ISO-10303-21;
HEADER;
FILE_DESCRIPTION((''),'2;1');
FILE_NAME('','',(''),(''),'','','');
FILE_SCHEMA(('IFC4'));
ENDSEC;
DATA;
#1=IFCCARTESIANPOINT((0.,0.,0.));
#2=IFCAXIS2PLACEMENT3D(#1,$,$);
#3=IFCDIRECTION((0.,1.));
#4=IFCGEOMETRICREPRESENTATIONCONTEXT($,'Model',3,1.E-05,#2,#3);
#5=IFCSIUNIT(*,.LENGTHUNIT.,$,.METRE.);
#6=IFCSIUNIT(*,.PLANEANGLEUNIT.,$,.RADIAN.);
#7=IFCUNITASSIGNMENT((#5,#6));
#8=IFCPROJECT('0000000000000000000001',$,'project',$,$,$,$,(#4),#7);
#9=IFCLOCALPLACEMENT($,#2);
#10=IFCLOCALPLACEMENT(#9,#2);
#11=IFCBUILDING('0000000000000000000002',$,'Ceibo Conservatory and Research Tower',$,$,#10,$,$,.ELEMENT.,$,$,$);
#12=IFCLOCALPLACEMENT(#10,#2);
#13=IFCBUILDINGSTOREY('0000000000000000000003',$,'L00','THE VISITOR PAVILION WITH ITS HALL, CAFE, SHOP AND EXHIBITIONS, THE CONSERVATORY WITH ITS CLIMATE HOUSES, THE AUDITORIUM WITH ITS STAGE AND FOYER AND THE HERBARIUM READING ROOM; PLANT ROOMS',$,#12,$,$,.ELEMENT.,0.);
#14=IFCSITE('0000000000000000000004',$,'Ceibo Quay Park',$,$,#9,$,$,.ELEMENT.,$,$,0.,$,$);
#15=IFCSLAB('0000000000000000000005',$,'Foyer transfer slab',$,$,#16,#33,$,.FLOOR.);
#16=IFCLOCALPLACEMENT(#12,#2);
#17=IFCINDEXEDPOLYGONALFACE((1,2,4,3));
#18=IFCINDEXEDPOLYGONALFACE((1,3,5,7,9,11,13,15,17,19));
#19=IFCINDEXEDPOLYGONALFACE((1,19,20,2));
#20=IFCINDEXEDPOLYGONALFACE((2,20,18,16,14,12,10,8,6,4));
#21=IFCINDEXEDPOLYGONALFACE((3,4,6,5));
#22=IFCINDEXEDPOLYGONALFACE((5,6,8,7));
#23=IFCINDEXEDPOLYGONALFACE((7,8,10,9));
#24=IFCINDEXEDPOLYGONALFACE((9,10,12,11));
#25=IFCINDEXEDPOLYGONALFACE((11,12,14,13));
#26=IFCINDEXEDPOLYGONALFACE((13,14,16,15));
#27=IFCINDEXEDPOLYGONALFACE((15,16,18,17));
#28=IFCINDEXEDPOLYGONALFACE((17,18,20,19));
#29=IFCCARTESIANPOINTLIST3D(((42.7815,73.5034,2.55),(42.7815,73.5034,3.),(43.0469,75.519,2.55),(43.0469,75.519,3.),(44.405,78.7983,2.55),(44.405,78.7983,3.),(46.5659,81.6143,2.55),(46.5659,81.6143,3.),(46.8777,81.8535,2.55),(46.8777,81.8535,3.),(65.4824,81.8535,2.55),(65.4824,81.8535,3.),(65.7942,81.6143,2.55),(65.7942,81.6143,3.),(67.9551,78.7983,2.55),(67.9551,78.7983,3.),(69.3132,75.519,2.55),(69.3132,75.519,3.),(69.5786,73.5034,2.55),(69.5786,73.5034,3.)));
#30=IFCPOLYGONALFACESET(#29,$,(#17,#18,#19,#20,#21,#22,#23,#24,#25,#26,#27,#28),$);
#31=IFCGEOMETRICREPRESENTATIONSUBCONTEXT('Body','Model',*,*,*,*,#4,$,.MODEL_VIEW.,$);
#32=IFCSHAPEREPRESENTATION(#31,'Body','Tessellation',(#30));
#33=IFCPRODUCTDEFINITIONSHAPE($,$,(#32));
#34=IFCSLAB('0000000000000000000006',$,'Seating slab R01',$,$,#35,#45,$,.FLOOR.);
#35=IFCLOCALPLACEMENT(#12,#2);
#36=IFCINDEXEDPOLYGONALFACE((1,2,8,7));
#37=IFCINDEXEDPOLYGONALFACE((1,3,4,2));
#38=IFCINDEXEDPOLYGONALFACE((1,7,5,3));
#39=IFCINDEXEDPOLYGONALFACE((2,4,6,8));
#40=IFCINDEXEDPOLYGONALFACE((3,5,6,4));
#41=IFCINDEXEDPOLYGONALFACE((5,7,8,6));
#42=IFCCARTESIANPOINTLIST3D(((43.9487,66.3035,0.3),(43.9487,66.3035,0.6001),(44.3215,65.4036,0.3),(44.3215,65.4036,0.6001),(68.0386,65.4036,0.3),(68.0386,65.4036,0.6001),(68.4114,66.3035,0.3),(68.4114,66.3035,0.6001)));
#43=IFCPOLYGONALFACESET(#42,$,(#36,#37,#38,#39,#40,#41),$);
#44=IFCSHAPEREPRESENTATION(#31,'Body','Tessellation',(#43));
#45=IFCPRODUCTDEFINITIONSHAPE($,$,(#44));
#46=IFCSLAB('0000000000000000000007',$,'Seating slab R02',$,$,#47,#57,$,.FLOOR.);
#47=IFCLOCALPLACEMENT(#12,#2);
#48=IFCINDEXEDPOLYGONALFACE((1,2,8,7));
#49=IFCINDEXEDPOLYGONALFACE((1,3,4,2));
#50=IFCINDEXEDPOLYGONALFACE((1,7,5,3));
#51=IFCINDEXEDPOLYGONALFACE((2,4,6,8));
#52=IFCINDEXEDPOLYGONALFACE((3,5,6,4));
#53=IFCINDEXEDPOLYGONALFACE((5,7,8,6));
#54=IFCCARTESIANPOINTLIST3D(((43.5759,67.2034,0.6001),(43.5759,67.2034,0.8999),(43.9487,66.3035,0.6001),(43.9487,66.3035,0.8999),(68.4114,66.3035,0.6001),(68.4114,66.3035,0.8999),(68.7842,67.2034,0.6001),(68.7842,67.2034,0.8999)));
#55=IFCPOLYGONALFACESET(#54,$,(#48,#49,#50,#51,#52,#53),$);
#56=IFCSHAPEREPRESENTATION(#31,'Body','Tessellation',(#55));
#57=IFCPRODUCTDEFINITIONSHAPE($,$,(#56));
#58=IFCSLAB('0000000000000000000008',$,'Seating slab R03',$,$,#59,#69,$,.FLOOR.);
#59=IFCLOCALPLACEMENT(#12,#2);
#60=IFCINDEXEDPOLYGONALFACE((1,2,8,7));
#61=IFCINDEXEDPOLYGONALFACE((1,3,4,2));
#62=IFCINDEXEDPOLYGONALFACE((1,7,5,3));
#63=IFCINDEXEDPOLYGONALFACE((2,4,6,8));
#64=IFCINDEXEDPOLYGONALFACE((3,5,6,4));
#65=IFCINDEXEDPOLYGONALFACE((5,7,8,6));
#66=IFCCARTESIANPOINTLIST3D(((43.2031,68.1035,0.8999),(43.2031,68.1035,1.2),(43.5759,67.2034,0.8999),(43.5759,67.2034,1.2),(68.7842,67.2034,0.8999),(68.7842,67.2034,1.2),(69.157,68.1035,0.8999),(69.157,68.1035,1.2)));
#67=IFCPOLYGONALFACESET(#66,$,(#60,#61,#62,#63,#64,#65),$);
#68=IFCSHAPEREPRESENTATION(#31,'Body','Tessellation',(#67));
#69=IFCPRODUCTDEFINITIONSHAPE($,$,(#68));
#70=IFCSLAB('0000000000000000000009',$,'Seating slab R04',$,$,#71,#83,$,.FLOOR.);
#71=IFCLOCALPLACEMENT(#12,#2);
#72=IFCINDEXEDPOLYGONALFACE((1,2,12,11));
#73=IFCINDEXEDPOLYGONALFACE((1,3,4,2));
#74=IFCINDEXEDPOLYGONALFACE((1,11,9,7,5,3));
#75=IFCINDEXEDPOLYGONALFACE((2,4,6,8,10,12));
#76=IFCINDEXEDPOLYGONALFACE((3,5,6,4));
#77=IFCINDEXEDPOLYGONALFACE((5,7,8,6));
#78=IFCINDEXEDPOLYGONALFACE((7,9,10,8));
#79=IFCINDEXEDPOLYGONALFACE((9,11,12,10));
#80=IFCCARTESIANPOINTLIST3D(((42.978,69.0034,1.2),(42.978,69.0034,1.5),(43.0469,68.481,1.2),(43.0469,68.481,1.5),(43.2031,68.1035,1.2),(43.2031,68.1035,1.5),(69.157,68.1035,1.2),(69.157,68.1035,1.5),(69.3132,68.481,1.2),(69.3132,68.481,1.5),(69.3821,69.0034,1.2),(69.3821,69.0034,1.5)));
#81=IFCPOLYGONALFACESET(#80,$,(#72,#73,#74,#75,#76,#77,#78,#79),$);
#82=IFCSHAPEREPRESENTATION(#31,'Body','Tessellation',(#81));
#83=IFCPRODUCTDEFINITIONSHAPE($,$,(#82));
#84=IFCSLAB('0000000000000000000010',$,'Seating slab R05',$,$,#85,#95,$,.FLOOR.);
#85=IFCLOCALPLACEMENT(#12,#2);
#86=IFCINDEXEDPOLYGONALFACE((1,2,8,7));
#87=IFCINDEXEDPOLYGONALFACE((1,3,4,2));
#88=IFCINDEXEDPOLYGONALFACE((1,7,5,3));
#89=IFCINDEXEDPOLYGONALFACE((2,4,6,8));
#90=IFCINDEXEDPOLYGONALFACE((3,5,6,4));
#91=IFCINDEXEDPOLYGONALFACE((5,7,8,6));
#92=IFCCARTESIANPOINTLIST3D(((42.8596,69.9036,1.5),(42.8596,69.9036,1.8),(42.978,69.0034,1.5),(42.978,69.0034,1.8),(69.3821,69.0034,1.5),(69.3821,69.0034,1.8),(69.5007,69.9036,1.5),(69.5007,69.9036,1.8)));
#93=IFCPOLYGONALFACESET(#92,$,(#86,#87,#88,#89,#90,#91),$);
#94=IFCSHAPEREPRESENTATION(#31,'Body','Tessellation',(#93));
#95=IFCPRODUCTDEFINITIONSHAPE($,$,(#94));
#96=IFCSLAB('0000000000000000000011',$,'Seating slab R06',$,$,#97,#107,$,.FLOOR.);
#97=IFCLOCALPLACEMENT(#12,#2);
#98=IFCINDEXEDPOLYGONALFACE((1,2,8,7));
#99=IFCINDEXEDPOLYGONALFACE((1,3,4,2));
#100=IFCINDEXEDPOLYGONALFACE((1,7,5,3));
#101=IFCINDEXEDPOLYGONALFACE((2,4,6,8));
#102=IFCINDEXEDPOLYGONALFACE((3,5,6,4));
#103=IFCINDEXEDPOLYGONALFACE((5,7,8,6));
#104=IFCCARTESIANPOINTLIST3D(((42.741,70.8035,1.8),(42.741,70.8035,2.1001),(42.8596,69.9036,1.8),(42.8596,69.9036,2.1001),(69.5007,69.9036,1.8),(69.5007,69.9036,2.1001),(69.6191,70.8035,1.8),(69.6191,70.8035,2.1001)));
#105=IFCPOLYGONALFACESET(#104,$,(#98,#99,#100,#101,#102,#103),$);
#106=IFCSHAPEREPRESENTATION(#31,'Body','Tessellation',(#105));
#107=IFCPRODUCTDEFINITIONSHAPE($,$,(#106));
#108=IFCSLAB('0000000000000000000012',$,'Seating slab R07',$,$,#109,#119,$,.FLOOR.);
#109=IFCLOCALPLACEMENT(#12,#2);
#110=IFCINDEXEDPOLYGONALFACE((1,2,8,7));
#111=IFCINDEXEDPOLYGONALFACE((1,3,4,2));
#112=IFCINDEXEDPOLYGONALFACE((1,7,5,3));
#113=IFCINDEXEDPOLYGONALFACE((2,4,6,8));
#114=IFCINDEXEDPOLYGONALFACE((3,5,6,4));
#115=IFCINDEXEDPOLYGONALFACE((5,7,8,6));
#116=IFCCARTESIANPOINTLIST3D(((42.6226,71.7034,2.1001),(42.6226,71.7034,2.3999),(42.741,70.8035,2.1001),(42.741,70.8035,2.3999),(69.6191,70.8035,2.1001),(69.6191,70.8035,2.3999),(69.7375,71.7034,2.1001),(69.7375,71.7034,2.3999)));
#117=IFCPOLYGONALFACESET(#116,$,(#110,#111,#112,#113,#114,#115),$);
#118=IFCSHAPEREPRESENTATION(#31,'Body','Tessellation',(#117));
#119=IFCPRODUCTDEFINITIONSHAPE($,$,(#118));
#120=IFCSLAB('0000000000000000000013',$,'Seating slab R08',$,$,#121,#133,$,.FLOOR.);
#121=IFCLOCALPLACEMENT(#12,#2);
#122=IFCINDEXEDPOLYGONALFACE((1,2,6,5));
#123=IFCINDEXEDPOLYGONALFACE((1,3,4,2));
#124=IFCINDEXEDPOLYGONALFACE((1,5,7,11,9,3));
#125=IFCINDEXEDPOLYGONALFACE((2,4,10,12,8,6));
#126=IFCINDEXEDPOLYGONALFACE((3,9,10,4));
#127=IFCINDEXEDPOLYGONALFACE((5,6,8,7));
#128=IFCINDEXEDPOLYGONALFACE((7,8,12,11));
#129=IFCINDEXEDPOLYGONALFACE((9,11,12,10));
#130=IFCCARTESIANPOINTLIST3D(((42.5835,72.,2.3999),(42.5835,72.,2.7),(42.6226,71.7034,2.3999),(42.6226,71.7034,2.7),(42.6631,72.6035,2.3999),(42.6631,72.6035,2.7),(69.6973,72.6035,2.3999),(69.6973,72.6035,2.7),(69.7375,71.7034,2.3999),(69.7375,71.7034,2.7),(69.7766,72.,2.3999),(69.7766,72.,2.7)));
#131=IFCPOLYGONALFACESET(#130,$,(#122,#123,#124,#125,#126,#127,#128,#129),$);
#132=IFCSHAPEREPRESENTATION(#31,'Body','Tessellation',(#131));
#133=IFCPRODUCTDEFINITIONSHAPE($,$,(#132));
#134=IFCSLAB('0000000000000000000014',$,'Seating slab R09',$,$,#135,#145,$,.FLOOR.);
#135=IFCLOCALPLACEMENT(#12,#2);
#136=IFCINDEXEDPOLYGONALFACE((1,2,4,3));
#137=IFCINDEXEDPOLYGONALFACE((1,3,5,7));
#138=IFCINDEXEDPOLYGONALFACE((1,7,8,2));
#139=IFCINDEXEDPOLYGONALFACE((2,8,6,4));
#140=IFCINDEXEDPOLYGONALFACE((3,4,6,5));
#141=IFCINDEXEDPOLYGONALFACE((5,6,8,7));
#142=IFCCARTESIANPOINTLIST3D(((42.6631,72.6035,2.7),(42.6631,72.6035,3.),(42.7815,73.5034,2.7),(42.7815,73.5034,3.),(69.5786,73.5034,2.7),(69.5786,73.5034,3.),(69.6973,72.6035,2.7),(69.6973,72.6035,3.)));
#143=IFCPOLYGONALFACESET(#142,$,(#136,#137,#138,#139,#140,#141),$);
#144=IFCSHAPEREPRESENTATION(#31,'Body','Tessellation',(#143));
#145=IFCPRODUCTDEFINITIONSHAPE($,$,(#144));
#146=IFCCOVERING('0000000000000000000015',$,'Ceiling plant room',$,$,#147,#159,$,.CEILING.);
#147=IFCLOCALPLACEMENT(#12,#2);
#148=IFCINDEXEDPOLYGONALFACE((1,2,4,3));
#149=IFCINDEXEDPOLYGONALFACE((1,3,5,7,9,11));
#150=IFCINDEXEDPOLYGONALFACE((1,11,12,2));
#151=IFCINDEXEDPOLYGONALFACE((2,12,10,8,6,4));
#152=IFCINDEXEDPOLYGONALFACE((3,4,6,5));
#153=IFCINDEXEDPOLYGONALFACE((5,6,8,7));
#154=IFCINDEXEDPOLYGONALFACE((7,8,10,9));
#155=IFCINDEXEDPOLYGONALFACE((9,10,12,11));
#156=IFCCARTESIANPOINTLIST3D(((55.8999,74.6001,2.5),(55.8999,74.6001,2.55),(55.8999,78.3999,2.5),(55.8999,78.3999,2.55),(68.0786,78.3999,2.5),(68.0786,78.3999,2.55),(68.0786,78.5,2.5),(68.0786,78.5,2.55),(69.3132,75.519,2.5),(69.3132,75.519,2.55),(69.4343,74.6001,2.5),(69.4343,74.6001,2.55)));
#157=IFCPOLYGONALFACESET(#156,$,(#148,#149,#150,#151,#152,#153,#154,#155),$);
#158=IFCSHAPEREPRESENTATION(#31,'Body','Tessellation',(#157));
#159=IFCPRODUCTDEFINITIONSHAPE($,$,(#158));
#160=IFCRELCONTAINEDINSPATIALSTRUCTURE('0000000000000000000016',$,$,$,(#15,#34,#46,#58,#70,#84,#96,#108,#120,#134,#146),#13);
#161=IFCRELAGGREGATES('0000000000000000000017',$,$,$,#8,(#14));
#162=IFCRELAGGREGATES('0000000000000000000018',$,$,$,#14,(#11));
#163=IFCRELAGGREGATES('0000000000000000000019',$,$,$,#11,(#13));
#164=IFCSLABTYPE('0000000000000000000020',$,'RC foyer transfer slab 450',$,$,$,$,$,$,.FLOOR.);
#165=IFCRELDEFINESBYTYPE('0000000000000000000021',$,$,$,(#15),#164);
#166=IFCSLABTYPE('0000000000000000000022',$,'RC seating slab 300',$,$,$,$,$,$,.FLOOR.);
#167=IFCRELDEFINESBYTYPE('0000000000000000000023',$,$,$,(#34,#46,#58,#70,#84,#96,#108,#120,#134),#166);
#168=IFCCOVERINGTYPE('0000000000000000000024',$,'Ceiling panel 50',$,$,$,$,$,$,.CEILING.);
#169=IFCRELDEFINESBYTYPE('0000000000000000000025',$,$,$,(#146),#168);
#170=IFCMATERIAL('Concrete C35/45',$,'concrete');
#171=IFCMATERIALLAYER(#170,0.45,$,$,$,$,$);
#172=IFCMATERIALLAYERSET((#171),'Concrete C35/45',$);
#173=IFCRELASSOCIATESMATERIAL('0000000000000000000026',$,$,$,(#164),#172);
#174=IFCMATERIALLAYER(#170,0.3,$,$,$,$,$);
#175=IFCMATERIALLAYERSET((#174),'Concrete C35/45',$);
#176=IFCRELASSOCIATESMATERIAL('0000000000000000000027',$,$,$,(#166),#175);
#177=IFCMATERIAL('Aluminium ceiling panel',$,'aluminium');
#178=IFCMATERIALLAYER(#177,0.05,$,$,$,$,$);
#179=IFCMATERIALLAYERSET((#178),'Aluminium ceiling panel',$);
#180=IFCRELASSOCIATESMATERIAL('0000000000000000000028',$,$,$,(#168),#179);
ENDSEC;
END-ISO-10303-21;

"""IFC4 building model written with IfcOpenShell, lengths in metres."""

from ifc_helpers import new_model, si_unit, direction, frame, origin, place, context, subcontext, project, spatial, polyline, outline, extrude, material, layer, layer_set, type_object, element, save


model = new_model("IFC4")

# Units and contexts
model_context = context("Model", 3, precision=1e-05, world=origin(), true_north=direction((0.0, 1.0)))
body_context = subcontext(model_context, "Body", "Model", "MODEL_VIEW")
ifc_project = project(units=[si_unit("LENGTHUNIT", "METRE"), si_unit("PLANEANGLEUNIT", "RADIAN")], contexts=[model_context])

# Site, building, storey
site_placement = place(None, origin())
site = spatial("IfcSite", under=ifc_project, at=site_placement, Name="Ceibo Quay Park", CompositionType="ELEMENT", RefElevation=0.0)
building_placement = place(site_placement, origin())
building = spatial("IfcBuilding", under=site, at=building_placement, Name="Ceibo Conservatory and Research Tower", CompositionType="ELEMENT")
storey_placement = place(building_placement, origin())
storey = spatial("IfcBuildingStorey", under=building, at=storey_placement, Name="L00", Description="THE VISITOR PAVILION WITH ITS HALL, CAFE, SHOP AND EXHIBITIONS, THE CONSERVATORY WITH ITS CLIMATE HOUSES, THE AUDITORIUM WITH ITS STAGE AND FOYER AND THE HERBARIUM READING ROOM; PLANT ROOMS", CompositionType="ELEMENT", Elevation=0.0)

# Slabs
ifc_material_1 = material(Name="Concrete C35/45", Category="concrete")
ifc_layer_1 = layer(ifc_material_1, 0.45)
ifc_layer_set_1 = layer_set([ifc_layer_1], Name="Concrete C35/45")
slab_type_1 = type_object("IfcSlabType", Name="RC foyer transfer slab 450", PredefinedType="FLOOR", material=ifc_layer_set_1)
slab_1_placement = place(storey_placement, frame((0.0, 0.0, 2.55)))
element("IfcSlab", 1, at=slab_1_placement, inside=storey, type_object=slab_type_1, Name="Foyer transfer slab", PredefinedType="FLOOR", context=body_context, shape_type="SweptSolid", body=[
    extrude(outline(polyline([(65.7942, 81.6143), (65.4824, 81.8535), (46.8777, 81.8535), (46.5659, 81.6143), (44.405, 78.7983), (43.0469, 75.519), (42.7815, 73.5034), (69.5786, 73.5034), (69.3132, 75.519), (67.9551, 78.7983), (65.7942, 81.6143)])), origin(), (0.0, 0.0, 1.0), 0.45),
])
ifc_layer_2 = layer(ifc_material_1, 0.3)
ifc_layer_set_2 = layer_set([ifc_layer_2], Name="Concrete C35/45")
slab_type_2 = type_object("IfcSlabType", Name="RC seating slab 300", PredefinedType="FLOOR", material=ifc_layer_set_2)
slab_2_placement = place(storey_placement, frame((0.0, 0.0, 0.3)))
element("IfcSlab", 2, at=slab_2_placement, inside=storey, type_object=slab_type_2, Name="Seating slab R01", PredefinedType="FLOOR", context=body_context, shape_type="SweptSolid", body=[
    extrude(outline(polyline([(43.9487, 66.3035), (44.3215, 65.4036), (68.0386, 65.4036), (68.4114, 66.3035), (43.9487, 66.3035)])), origin(), (0.0, 0.0, 1.0), 0.3),
])
slab_3_placement = place(storey_placement, frame((0.0, 0.0, 0.6001)))
element("IfcSlab", 3, at=slab_3_placement, inside=storey, type_object=slab_type_2, Name="Seating slab R02", PredefinedType="FLOOR", context=body_context, shape_type="SweptSolid", body=[
    extrude(outline(polyline([(43.5759, 67.2034), (43.9487, 66.3035), (68.4114, 66.3035), (68.7842, 67.2034), (43.5759, 67.2034)])), origin(), (0.0, 0.0, 1.0), 0.2998),
])
slab_4_placement = place(storey_placement, frame((0.0, 0.0, 0.8999)))
element("IfcSlab", 4, at=slab_4_placement, inside=storey, type_object=slab_type_2, Name="Seating slab R03", PredefinedType="FLOOR", context=body_context, shape_type="SweptSolid", body=[
    extrude(outline(polyline([(43.2031, 68.1035), (43.5759, 67.2034), (68.7842, 67.2034), (69.157, 68.1035), (43.2031, 68.1035)])), origin(), (0.0, 0.0, 1.0), 0.3),
])
slab_5_placement = place(storey_placement, frame((0.0, 0.0, 1.2)))
element("IfcSlab", 5, at=slab_5_placement, inside=storey, type_object=slab_type_2, Name="Seating slab R04", PredefinedType="FLOOR", context=body_context, shape_type="SweptSolid", body=[
    extrude(outline(polyline([(43.0469, 68.481), (43.2031, 68.1035), (69.157, 68.1035), (69.3132, 68.481), (69.3821, 69.0034), (42.978, 69.0034), (43.0469, 68.481)])), origin(), (0.0, 0.0, 1.0), 0.3),
])
slab_6_placement = place(storey_placement, frame((0.0, 0.0, 1.5)))
element("IfcSlab", 6, at=slab_6_placement, inside=storey, type_object=slab_type_2, Name="Seating slab R05", PredefinedType="FLOOR", context=body_context, shape_type="SweptSolid", body=[
    extrude(outline(polyline([(42.8596, 69.9036), (42.978, 69.0034), (69.3821, 69.0034), (69.5007, 69.9036), (42.8596, 69.9036)])), origin(), (0.0, 0.0, 1.0), 0.3),
])
slab_7_placement = place(storey_placement, frame((0.0, 0.0, 1.8)))
element("IfcSlab", 7, at=slab_7_placement, inside=storey, type_object=slab_type_2, Name="Seating slab R06", PredefinedType="FLOOR", context=body_context, shape_type="SweptSolid", body=[
    extrude(outline(polyline([(42.741, 70.8035), (42.8596, 69.9036), (69.5007, 69.9036), (69.6191, 70.8035), (42.741, 70.8035)])), origin(), (0.0, 0.0, 1.0), 0.3),
])
slab_8_placement = place(storey_placement, frame((0.0, 0.0, 2.1001)))
element("IfcSlab", 8, at=slab_8_placement, inside=storey, type_object=slab_type_2, Name="Seating slab R07", PredefinedType="FLOOR", context=body_context, shape_type="SweptSolid", body=[
    extrude(outline(polyline([(42.6226, 71.7034), (42.741, 70.8035), (69.6191, 70.8035), (69.7375, 71.7034), (42.6226, 71.7034)])), origin(), (0.0, 0.0, 1.0), 0.2998),
])
slab_9_placement = place(storey_placement, frame((0.0, 0.0, 2.3999)))
element("IfcSlab", 9, at=slab_9_placement, inside=storey, type_object=slab_type_2, Name="Seating slab R08", PredefinedType="FLOOR", context=body_context, shape_type="SweptSolid", body=[
    extrude(outline(polyline([(69.7766, 72.0), (69.6973, 72.6035), (42.6631, 72.6035), (42.5835, 72.0), (42.6226, 71.7034), (69.7375, 71.7034), (69.7766, 72.0)])), origin(), (0.0, 0.0, 1.0), 0.3),
])
slab_10_placement = place(storey_placement, frame((0.0, 0.0, 2.7)))
element("IfcSlab", 10, at=slab_10_placement, inside=storey, type_object=slab_type_2, Name="Seating slab R09", PredefinedType="FLOOR", context=body_context, shape_type="SweptSolid", body=[
    extrude(outline(polyline([(69.6973, 72.6035), (69.5786, 73.5034), (42.7815, 73.5034), (42.6631, 72.6035), (69.6973, 72.6035)])), origin(), (0.0, 0.0, 1.0), 0.3),
])

# Covering
ifc_material_2 = material(Name="Aluminium ceiling panel", Category="aluminium")
ifc_layer_3 = layer(ifc_material_2, 0.05)
ifc_layer_set_3 = layer_set([ifc_layer_3], Name="Aluminium ceiling panel")
covering_type_1 = type_object("IfcCoveringType", Name="Ceiling panel 50", PredefinedType="CEILING", material=ifc_layer_set_3)
covering_1_placement = place(storey_placement, frame((0.0, 0.0, 2.5)))
element("IfcCovering", 11, at=covering_1_placement, inside=storey, type_object=covering_type_1, Name="Ceiling plant room", PredefinedType="CEILING", context=body_context, shape_type="SweptSolid", body=[
    extrude(outline(polyline([(69.4343, 74.6001), (69.3132, 75.519), (68.0786, 78.5), (68.0786, 78.3999), (55.8999, 78.3999), (55.8999, 74.6001), (69.4343, 74.6001)])), origin(), (0.0, 0.0, 1.0), 0.05),
])

save(model, "model.ifc")
